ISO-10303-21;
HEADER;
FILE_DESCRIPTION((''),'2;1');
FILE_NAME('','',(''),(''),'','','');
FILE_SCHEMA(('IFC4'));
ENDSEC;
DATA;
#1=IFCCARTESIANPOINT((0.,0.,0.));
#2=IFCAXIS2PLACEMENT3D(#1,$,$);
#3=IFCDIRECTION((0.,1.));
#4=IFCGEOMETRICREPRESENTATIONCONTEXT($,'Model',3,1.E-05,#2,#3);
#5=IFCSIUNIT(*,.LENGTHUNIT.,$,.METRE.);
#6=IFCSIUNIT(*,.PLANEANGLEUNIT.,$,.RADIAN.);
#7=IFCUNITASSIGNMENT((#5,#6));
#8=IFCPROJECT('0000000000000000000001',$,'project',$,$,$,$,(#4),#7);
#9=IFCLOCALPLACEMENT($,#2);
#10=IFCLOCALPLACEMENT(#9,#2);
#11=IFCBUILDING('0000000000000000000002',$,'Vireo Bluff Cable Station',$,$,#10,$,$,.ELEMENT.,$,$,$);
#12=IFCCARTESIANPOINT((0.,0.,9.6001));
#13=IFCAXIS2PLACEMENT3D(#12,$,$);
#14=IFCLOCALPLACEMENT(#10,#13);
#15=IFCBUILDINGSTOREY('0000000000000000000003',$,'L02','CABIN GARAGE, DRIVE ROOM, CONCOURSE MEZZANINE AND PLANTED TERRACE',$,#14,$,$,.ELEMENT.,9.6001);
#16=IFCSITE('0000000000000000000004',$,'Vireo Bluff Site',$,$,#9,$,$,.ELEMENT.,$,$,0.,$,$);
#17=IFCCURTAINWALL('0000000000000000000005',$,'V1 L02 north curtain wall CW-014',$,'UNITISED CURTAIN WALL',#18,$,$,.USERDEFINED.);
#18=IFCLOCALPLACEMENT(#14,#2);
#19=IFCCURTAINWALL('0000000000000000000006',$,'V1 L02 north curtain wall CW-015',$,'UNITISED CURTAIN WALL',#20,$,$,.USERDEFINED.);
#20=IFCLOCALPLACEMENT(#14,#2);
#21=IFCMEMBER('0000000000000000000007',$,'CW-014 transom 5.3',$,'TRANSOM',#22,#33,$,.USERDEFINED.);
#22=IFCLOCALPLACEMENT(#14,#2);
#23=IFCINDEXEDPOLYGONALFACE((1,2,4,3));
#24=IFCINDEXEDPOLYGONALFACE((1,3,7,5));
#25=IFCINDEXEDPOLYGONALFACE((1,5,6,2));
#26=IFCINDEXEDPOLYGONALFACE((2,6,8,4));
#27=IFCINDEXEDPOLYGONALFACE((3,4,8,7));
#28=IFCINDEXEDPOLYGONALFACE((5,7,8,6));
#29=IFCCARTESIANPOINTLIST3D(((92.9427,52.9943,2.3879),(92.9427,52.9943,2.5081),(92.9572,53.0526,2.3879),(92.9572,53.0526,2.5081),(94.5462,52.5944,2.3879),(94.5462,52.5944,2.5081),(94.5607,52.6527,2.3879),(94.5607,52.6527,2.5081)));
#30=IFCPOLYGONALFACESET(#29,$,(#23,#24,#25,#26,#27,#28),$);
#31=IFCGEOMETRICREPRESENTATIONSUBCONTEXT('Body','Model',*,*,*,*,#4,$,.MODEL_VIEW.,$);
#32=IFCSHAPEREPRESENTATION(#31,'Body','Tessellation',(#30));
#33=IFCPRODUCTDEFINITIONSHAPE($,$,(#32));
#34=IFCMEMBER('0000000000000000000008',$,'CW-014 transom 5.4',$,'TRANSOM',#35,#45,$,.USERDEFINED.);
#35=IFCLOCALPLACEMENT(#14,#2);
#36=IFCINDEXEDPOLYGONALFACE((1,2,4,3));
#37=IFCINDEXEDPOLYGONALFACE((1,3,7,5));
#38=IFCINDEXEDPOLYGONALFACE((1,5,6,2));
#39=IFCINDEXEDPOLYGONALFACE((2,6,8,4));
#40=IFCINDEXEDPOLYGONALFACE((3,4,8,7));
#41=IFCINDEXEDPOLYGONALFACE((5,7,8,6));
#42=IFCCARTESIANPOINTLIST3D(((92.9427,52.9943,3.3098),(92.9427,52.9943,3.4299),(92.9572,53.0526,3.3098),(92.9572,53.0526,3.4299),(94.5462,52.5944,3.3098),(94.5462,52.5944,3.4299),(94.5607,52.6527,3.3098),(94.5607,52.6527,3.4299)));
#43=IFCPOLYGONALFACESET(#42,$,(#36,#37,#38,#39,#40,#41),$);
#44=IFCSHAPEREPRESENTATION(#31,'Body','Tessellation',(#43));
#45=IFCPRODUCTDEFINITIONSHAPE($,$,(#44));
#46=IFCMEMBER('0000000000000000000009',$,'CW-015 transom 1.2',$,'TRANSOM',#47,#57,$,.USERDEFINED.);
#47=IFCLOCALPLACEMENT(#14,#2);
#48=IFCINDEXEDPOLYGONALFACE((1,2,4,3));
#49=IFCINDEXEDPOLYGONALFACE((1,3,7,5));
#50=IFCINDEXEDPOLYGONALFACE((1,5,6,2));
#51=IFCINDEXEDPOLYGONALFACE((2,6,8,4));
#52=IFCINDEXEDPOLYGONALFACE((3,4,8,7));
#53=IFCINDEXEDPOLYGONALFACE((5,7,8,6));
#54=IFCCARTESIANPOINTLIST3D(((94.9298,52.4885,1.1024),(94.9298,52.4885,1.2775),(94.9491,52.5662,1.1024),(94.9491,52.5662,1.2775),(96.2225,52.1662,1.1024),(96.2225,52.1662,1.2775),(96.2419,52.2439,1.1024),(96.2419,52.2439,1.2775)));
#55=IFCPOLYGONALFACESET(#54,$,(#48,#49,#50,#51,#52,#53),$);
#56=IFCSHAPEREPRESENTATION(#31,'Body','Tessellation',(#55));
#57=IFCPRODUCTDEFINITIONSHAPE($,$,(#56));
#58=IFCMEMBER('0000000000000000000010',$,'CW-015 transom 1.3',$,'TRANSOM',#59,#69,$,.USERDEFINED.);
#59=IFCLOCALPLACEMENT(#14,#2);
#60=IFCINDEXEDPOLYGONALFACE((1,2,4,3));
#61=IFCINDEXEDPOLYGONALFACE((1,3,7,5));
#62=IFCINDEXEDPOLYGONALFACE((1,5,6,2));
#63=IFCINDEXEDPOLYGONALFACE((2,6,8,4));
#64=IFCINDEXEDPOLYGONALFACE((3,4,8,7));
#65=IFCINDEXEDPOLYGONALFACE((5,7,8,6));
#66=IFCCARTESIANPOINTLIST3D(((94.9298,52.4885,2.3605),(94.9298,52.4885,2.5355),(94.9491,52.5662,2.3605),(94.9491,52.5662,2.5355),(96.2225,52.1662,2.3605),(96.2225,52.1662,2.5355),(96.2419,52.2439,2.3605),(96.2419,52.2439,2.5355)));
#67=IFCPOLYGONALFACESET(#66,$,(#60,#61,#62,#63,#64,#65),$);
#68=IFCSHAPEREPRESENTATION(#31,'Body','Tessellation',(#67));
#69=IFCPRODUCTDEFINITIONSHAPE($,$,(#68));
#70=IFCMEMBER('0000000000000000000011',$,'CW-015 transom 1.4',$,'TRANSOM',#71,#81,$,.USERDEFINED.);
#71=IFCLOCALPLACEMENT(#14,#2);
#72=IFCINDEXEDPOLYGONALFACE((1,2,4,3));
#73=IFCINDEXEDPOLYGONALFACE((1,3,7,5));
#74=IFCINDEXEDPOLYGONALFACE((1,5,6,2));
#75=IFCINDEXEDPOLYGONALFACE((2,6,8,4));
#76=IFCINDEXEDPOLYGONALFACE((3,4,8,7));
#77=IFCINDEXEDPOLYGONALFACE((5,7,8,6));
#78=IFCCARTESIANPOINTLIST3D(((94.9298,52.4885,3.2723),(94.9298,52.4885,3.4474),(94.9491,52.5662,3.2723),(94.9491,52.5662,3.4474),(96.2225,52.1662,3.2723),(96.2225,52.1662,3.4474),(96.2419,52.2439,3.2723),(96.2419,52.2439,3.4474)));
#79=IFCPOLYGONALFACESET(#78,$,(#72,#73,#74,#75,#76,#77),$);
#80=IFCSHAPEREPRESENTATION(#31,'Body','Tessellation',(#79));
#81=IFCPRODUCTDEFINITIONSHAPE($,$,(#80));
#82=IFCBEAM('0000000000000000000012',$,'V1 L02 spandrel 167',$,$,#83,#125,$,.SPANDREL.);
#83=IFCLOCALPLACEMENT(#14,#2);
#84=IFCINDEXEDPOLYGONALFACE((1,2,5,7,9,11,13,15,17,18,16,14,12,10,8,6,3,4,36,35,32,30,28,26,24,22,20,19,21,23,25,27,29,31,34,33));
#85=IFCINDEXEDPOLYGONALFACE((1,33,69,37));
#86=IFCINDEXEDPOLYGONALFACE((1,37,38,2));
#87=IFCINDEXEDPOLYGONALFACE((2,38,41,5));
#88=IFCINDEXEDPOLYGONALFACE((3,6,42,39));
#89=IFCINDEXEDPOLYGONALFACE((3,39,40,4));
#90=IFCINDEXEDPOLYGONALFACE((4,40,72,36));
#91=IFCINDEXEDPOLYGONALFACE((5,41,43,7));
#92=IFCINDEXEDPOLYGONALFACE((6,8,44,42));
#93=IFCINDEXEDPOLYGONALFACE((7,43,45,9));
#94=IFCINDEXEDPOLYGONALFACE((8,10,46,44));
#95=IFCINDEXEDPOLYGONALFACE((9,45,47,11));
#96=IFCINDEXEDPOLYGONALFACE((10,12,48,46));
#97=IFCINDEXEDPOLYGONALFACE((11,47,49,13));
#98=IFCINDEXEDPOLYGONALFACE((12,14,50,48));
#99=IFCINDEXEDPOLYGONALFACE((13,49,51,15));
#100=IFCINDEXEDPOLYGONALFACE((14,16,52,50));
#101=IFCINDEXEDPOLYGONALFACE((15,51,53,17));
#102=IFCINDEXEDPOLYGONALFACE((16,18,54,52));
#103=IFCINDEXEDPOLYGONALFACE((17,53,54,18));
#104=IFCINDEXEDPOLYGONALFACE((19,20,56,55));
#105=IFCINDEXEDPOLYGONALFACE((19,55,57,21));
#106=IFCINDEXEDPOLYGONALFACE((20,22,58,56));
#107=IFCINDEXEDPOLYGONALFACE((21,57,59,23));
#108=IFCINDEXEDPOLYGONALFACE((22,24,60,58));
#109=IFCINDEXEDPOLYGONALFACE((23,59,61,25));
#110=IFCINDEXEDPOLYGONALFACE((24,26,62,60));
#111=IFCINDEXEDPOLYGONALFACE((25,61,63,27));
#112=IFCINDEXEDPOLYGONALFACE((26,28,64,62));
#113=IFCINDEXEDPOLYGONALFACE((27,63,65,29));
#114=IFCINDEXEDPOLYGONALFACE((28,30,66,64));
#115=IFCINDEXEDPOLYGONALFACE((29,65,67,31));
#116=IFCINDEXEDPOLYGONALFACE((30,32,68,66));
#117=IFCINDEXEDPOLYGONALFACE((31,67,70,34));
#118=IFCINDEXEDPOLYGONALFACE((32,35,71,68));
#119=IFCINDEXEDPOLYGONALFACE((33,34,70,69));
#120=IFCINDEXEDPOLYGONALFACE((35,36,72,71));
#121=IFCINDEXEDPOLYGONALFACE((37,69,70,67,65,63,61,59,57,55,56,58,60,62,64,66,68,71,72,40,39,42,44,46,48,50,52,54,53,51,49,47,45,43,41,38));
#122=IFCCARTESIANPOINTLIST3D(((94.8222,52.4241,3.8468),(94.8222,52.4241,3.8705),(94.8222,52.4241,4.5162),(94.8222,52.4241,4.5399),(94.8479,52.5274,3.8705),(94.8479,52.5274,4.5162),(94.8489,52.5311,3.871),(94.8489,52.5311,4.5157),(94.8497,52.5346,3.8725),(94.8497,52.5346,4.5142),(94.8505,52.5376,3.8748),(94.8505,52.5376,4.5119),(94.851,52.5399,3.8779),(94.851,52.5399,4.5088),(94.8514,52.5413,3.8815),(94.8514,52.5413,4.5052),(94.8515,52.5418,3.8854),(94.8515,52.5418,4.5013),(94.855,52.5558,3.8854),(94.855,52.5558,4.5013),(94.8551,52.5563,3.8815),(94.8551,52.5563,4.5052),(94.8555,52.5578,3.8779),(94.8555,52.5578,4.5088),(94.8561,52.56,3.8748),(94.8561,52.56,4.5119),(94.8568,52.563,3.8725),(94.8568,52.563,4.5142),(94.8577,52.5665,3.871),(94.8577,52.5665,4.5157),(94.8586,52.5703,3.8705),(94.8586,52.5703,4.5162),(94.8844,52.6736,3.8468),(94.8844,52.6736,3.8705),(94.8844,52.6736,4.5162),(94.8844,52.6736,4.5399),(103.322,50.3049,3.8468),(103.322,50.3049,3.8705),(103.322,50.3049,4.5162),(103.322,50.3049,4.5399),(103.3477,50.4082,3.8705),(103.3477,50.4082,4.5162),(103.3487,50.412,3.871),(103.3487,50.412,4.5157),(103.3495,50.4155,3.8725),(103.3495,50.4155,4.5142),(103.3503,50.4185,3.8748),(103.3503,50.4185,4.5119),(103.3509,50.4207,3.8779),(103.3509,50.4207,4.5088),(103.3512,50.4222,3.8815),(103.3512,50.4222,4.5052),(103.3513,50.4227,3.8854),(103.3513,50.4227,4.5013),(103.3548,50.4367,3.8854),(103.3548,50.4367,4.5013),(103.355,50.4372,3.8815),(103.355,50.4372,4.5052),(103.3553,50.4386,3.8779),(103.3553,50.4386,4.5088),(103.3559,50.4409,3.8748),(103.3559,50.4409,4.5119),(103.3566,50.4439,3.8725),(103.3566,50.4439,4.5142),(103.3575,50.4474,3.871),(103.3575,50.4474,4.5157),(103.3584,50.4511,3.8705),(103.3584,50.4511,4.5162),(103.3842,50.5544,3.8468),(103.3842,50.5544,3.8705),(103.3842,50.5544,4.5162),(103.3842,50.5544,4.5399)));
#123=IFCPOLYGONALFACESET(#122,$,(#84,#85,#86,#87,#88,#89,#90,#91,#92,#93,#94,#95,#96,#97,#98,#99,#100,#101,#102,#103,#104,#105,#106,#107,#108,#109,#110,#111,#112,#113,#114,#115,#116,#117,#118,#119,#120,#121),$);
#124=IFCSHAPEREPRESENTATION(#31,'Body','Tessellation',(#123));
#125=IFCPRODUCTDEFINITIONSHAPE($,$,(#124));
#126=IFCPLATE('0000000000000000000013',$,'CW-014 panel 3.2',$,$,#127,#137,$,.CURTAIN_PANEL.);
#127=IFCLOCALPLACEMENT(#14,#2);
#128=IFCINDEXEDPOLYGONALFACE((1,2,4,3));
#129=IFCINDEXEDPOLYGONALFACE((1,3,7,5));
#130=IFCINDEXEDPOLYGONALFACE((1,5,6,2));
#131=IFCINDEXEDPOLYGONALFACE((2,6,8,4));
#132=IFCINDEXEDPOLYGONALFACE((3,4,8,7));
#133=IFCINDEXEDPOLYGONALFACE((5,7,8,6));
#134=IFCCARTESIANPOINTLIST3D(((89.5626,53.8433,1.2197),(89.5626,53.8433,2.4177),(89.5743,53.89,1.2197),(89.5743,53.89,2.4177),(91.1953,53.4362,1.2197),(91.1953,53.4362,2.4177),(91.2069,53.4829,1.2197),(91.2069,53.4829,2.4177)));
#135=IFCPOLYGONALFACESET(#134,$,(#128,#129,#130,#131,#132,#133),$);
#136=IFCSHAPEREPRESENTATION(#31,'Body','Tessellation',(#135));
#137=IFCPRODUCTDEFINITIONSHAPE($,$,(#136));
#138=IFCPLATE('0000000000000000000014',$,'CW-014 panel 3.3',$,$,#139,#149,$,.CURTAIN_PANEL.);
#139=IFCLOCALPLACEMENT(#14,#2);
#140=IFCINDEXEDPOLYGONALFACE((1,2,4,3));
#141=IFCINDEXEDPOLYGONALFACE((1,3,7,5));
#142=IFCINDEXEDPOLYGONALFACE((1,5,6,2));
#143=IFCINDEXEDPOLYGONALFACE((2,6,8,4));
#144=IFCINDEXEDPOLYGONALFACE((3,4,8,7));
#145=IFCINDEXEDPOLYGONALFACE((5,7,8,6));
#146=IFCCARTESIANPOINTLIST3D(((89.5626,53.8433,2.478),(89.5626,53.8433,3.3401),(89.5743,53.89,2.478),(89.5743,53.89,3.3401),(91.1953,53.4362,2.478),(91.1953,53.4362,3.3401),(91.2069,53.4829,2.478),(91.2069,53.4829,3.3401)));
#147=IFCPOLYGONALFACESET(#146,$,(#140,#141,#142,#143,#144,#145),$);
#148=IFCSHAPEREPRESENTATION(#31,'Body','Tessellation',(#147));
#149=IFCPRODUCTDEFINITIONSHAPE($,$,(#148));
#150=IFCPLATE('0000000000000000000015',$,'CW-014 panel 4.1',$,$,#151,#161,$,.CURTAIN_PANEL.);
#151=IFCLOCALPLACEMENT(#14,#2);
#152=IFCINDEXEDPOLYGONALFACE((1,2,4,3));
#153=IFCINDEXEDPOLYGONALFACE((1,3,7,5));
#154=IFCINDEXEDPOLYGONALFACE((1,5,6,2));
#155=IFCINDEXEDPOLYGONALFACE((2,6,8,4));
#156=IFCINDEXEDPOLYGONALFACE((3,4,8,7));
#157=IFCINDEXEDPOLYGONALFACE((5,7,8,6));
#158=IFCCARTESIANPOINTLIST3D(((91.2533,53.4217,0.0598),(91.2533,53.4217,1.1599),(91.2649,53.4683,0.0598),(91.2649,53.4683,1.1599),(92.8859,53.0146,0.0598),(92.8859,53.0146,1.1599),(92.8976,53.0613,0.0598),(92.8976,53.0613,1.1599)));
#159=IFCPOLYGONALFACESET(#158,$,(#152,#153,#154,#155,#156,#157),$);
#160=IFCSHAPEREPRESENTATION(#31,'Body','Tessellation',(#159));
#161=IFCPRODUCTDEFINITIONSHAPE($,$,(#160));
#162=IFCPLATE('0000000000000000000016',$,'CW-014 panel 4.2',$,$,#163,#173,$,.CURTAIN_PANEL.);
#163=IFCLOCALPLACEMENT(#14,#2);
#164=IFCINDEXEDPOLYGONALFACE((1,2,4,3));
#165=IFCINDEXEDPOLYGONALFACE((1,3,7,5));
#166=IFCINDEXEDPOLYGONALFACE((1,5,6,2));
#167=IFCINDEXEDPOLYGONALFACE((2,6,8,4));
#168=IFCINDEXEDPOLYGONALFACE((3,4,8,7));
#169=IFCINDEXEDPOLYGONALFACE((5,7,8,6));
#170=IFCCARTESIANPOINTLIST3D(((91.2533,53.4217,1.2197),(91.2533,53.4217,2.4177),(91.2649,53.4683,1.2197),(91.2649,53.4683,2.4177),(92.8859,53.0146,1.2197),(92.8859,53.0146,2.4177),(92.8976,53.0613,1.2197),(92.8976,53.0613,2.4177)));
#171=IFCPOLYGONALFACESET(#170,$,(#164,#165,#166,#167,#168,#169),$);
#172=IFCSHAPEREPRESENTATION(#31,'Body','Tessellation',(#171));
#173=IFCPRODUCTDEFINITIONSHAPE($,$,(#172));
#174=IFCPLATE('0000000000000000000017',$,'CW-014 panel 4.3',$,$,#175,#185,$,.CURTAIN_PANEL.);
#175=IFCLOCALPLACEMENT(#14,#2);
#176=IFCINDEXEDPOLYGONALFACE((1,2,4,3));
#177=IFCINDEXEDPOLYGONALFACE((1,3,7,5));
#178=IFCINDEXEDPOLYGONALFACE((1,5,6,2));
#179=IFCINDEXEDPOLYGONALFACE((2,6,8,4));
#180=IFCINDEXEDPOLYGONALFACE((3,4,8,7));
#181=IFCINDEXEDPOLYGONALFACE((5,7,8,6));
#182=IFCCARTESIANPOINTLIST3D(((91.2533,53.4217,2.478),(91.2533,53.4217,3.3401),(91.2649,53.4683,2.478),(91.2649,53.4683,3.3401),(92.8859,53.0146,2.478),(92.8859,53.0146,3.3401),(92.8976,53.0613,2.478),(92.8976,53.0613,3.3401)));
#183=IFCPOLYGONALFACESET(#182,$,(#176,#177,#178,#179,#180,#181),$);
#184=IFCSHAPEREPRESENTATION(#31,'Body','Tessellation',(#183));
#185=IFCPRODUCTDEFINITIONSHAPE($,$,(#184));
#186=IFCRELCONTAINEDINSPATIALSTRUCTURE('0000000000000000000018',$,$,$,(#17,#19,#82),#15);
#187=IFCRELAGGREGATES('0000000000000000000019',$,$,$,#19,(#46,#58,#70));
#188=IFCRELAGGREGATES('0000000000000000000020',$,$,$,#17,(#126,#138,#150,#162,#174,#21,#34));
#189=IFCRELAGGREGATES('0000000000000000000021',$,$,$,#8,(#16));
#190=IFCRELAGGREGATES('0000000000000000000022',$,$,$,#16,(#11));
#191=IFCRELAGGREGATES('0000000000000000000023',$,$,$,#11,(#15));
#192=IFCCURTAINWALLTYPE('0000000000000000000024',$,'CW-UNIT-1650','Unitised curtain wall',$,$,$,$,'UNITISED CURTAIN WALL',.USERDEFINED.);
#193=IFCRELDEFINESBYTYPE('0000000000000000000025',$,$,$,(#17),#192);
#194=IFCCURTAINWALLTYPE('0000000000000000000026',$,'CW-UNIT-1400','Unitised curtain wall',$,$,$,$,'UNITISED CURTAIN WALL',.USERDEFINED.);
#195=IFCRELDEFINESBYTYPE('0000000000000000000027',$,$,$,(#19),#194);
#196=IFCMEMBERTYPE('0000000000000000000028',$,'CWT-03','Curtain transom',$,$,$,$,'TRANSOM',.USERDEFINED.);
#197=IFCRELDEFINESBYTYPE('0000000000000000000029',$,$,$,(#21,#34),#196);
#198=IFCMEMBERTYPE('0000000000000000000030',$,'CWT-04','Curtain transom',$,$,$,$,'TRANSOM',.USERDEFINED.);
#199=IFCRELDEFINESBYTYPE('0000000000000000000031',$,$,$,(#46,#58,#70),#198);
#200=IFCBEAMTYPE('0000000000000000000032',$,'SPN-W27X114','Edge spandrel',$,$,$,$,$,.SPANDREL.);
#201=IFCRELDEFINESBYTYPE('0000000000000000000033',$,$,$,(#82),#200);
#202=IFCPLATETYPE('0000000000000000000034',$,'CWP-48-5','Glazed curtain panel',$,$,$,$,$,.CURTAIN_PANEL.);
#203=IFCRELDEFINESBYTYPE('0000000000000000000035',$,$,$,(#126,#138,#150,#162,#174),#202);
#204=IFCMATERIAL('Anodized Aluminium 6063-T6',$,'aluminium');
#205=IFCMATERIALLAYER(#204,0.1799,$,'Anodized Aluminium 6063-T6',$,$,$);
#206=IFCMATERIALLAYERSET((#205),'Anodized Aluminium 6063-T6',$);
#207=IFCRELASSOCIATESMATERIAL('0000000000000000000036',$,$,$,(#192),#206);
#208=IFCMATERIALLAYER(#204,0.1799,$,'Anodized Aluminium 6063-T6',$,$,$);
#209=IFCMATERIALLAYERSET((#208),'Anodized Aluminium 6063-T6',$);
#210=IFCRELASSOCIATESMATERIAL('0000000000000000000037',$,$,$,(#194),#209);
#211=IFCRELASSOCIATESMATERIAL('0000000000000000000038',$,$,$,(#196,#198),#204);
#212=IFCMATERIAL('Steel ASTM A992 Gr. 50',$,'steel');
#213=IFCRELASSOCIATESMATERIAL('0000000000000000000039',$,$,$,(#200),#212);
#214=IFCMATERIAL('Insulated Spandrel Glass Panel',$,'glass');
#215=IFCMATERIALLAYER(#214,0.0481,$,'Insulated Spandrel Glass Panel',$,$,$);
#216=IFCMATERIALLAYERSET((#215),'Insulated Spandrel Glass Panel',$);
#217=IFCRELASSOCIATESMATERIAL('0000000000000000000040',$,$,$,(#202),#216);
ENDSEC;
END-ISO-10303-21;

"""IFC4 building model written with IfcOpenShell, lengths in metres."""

from ifc_helpers import new_model, si_unit, direction, frame, origin, origin_2d, place, context, subcontext, project, spatial, rectangle, i_section, extrude, material, layer, layer_set, material_profile, profile_set, type_object, element, aggregate, save


model = new_model("IFC4")

# Units and contexts
model_context = context("Model", 3, precision=1e-05, world=origin(), true_north=direction((0.0, 1.0)))
body_context = subcontext(model_context, "Body", "Model", "MODEL_VIEW")
ifc_project = project(units=[si_unit("LENGTHUNIT", "METRE"), si_unit("PLANEANGLEUNIT", "RADIAN")], contexts=[model_context])

# Site, building, storey
site_placement = place(None, origin())
site = spatial("IfcSite", under=ifc_project, at=site_placement, Name="Vireo Bluff Site", CompositionType="ELEMENT", RefElevation=0.0)
building_placement = place(site_placement, origin())
building = spatial("IfcBuilding", under=site, at=building_placement, Name="Vireo Bluff Cable Station", CompositionType="ELEMENT")
storey_placement = place(building_placement, frame((0.0, 0.0, 9.6001)))
storey = spatial("IfcBuildingStorey", under=building, at=storey_placement, Name="L02", Description="CABIN GARAGE, DRIVE ROOM, CONCOURSE MEZZANINE AND PLANTED TERRACE", CompositionType="ELEMENT", Elevation=9.6001)

# Shared definitions
ifc_material_1 = material(Name="Steel ASTM A992 Gr. 50", Category="steel")

# Curtain wall
ifc_material_2 = material(Name="Anodized Aluminium 6063-T6", Category="aluminium")
ifc_layer_1 = layer(ifc_material_2, 0.1799, Name="Anodized Aluminium 6063-T6")
ifc_layer_set_1 = layer_set([ifc_layer_1], Name="Anodized Aluminium 6063-T6")
curtain_wall_type_1 = type_object("IfcCurtainWallType", Name="CW-UNIT-1650", Description="Unitised curtain wall", ElementType="UNITISED CURTAIN WALL", PredefinedType="USERDEFINED", material=ifc_layer_set_1)
curtain_wall_1_placement = place(storey_placement, origin())
curtain_wall_1 = element("IfcCurtainWall", 1, at=curtain_wall_1_placement, inside=storey, type_object=curtain_wall_type_1, Name="V1 L02 north curtain wall CW-014", ObjectType="UNITISED CURTAIN WALL", PredefinedType="USERDEFINED")

# Curtain wall
ifc_layer_2 = layer(ifc_material_2, 0.1799, Name="Anodized Aluminium 6063-T6")
ifc_layer_set_2 = layer_set([ifc_layer_2], Name="Anodized Aluminium 6063-T6")
curtain_wall_type_2 = type_object("IfcCurtainWallType", Name="CW-UNIT-1400", Description="Unitised curtain wall", ElementType="UNITISED CURTAIN WALL", PredefinedType="USERDEFINED", material=ifc_layer_set_2)
curtain_wall_2_placement = place(storey_placement, origin())
curtain_wall_2 = element("IfcCurtainWall", 2, at=curtain_wall_2_placement, inside=storey, type_object=curtain_wall_type_2, Name="V1 L02 north curtain wall CW-015", ObjectType="UNITISED CURTAIN WALL", PredefinedType="USERDEFINED")

# Members
ifc_material_profile_1 = material_profile(ifc_material_2, rectangle(XDim=0.0601, YDim=0.1201, at=origin_2d()), Name="ALU-T-60X120")
ifc_profile_set_1 = profile_set([ifc_material_profile_1], Name="Anodized Aluminium 6063-T6")
member_type_1 = type_object("IfcMemberType", Name="CWT-03", Description="Curtain transom", ElementType="TRANSOM", PredefinedType="USERDEFINED", material=ifc_profile_set_1)
member_1_placement = place(storey_placement, frame((92.95, 53.0234, 2.448), z_axis=(0.970281, -0.241979, 0.0), x_axis=(0.241979, 0.970281, 0.0)))
member_1 = element("IfcMember", 3, at=member_1_placement, type_object=member_type_1, Name="CW-014 transom 5.3", ObjectType="TRANSOM", PredefinedType="USERDEFINED", context=body_context, shape_type="SweptSolid", body=[
    extrude(rectangle(XDim=0.0601, YDim=0.1201, at=origin_2d()), origin(), (0.0, 0.0, 1.0), 1.6526),
])
member_2_placement = place(storey_placement, frame((92.95, 53.0234, 3.3699), z_axis=(0.970281, -0.241979, 0.0), x_axis=(0.241979, 0.970281, 0.0)))
member_2 = element("IfcMember", 4, at=member_2_placement, type_object=member_type_1, Name="CW-014 transom 5.4", ObjectType="TRANSOM", PredefinedType="USERDEFINED", context=body_context, shape_type="SweptSolid", body=[
    extrude(rectangle(XDim=0.0601, YDim=0.1201, at=origin_2d()), origin(), (0.0, 0.0, 1.0), 1.6526),
])
ifc_material_profile_2 = material_profile(ifc_material_2, rectangle(XDim=0.0801, YDim=0.175, at=origin_2d()), Name="ALU-T-80X175")
ifc_profile_set_2 = profile_set([ifc_material_profile_2], Name="Anodized Aluminium 6063-T6")
member_type_2 = type_object("IfcMemberType", Name="CWT-04", Description="Curtain transom", ElementType="TRANSOM", PredefinedType="USERDEFINED", material=ifc_profile_set_2)
member_3_placement = place(storey_placement, frame((94.9395, 52.5273, 1.1899), z_axis=(0.970304, -0.241889, 0.0), x_axis=(0.241889, 0.970304, 0.0)))
member_3 = element("IfcMember", 5, at=member_3_placement, type_object=member_type_2, Name="CW-015 transom 1.2", ObjectType="TRANSOM", PredefinedType="USERDEFINED", context=body_context, shape_type="SweptSolid", body=[
    extrude(rectangle(XDim=0.0801, YDim=0.175, at=origin_2d()), origin(), (0.0, 0.0, 1.0), 1.3323),
])
member_4_placement = place(storey_placement, frame((94.9395, 52.5273, 2.448), z_axis=(0.970304, -0.241889, 0.0), x_axis=(0.241889, 0.970304, 0.0)))
member_4 = element("IfcMember", 6, at=member_4_placement, type_object=member_type_2, Name="CW-015 transom 1.3", ObjectType="TRANSOM", PredefinedType="USERDEFINED", context=body_context, shape_type="SweptSolid", body=[
    extrude(rectangle(XDim=0.0801, YDim=0.175, at=origin_2d()), origin(), (0.0, 0.0, 1.0), 1.3323),
])
member_5_placement = place(storey_placement, frame((94.9395, 52.5273, 3.3599), z_axis=(0.970304, -0.241889, 0.0), x_axis=(0.241889, 0.970304, 0.0)))
member_5 = element("IfcMember", 7, at=member_5_placement, type_object=member_type_2, Name="CW-015 transom 1.4", ObjectType="TRANSOM", PredefinedType="USERDEFINED", context=body_context, shape_type="SweptSolid", body=[
    extrude(rectangle(XDim=0.0801, YDim=0.175, at=origin_2d()), origin(), (0.0, 0.0, 1.0), 1.3323),
])
aggregate(curtain_wall_2, [member_3, member_4, member_5])

# Beam
ifc_material_profile_3 = material_profile(ifc_material_1, i_section(OverallWidth=0.2571, OverallDepth=0.6931, WebThickness=0.0144, FlangeThickness=0.0237, FilletRadius=0.0149, at=origin_2d()), Name="W27X114")
ifc_profile_set_3 = profile_set([ifc_material_profile_3], Name="Steel ASTM A992 Gr. 50")
beam_type = type_object("IfcBeamType", Name="SPN-W27X114", Description="Edge spandrel", PredefinedType="SPANDREL", material=ifc_profile_set_3)
beam_placement = place(storey_placement, frame((94.8533, 52.5488, 4.1934), z_axis=(0.970298, -0.241913, 0.0), x_axis=(0.241913, 0.970298, 0.0)))
element("IfcBeam", 8, at=beam_placement, inside=storey, type_object=beam_type, Name="V1 L02 spandrel 167", PredefinedType="SPANDREL", context=body_context, shape_type="SweptSolid", body=[
    extrude(i_section(OverallWidth=0.2571, OverallDepth=0.6931, WebThickness=0.0144, FlangeThickness=0.0237, FilletRadius=0.0149, at=origin_2d()), origin(), (0.0, 0.0, 1.0), 8.76),
])

# Plates
ifc_material_3 = material(Name="Insulated Spandrel Glass Panel", Category="glass")
ifc_layer_3 = layer(ifc_material_3, 0.0481, Name="Insulated Spandrel Glass Panel")
ifc_layer_set_3 = layer_set([ifc_layer_3], Name="Insulated Spandrel Glass Panel")
plate_type = type_object("IfcPlateType", Name="CWP-48-5", Description="Glazed curtain panel", PredefinedType="CURTAIN_PANEL", material=ifc_layer_set_3)
plate_1_placement = place(storey_placement, frame((90.3848, 53.6631, 1.2197), z_axis=(0.0, 0.0, 1.0), x_axis=(0.970296, -0.241922, 0.0)))
plate_1 = element("IfcPlate", 9, at=plate_1_placement, type_object=plate_type, Name="CW-014 panel 3.2", PredefinedType="CURTAIN_PANEL", context=body_context, shape_type="SweptSolid", body=[
    extrude(rectangle(XDim=1.6826, YDim=0.0481, at=origin_2d()), origin(), (0.0, 0.0, 1.0), 1.198),
])
plate_2_placement = place(storey_placement, frame((90.3848, 53.6631, 2.478), z_axis=(0.0, 0.0, 1.0), x_axis=(0.970296, -0.241922, 0.0)))
plate_2 = element("IfcPlate", 10, at=plate_2_placement, type_object=plate_type, Name="CW-014 panel 3.3", PredefinedType="CURTAIN_PANEL", context=body_context, shape_type="SweptSolid", body=[
    extrude(rectangle(XDim=1.6826, YDim=0.0481, at=origin_2d()), origin(), (0.0, 0.0, 1.0), 0.8621),
])
plate_3_placement = place(storey_placement, frame((92.0754, 53.2415, 0.0598), z_axis=(0.0, 0.0, 1.0), x_axis=(0.970296, -0.241922, 0.0)))
plate_3 = element("IfcPlate", 11, at=plate_3_placement, type_object=plate_type, Name="CW-014 panel 4.1", PredefinedType="CURTAIN_PANEL", context=body_context, shape_type="SweptSolid", body=[
    extrude(rectangle(XDim=1.6826, YDim=0.0481, at=origin_2d()), origin(), (0.0, 0.0, 1.0), 1.1001),
])
plate_4_placement = place(storey_placement, frame((92.0754, 53.2415, 1.2197), z_axis=(0.0, 0.0, 1.0), x_axis=(0.970296, -0.241922, 0.0)))
plate_4 = element("IfcPlate", 12, at=plate_4_placement, type_object=plate_type, Name="CW-014 panel 4.2", PredefinedType="CURTAIN_PANEL", context=body_context, shape_type="SweptSolid", body=[
    extrude(rectangle(XDim=1.6826, YDim=0.0481, at=origin_2d()), origin(), (0.0, 0.0, 1.0), 1.198),
])
plate_5_placement = place(storey_placement, frame((92.0754, 53.2415, 2.478), z_axis=(0.0, 0.0, 1.0), x_axis=(0.970296, -0.241922, 0.0)))
plate_5 = element("IfcPlate", 13, at=plate_5_placement, type_object=plate_type, Name="CW-014 panel 4.3", PredefinedType="CURTAIN_PANEL", context=body_context, shape_type="SweptSolid", body=[
    extrude(rectangle(XDim=1.6826, YDim=0.0481, at=origin_2d()), origin(), (0.0, 0.0, 1.0), 0.8621),
])
aggregate(curtain_wall_1, [plate_1, plate_2, plate_3, plate_4, plate_5, member_1, member_2])

save(model, "model.ifc")
